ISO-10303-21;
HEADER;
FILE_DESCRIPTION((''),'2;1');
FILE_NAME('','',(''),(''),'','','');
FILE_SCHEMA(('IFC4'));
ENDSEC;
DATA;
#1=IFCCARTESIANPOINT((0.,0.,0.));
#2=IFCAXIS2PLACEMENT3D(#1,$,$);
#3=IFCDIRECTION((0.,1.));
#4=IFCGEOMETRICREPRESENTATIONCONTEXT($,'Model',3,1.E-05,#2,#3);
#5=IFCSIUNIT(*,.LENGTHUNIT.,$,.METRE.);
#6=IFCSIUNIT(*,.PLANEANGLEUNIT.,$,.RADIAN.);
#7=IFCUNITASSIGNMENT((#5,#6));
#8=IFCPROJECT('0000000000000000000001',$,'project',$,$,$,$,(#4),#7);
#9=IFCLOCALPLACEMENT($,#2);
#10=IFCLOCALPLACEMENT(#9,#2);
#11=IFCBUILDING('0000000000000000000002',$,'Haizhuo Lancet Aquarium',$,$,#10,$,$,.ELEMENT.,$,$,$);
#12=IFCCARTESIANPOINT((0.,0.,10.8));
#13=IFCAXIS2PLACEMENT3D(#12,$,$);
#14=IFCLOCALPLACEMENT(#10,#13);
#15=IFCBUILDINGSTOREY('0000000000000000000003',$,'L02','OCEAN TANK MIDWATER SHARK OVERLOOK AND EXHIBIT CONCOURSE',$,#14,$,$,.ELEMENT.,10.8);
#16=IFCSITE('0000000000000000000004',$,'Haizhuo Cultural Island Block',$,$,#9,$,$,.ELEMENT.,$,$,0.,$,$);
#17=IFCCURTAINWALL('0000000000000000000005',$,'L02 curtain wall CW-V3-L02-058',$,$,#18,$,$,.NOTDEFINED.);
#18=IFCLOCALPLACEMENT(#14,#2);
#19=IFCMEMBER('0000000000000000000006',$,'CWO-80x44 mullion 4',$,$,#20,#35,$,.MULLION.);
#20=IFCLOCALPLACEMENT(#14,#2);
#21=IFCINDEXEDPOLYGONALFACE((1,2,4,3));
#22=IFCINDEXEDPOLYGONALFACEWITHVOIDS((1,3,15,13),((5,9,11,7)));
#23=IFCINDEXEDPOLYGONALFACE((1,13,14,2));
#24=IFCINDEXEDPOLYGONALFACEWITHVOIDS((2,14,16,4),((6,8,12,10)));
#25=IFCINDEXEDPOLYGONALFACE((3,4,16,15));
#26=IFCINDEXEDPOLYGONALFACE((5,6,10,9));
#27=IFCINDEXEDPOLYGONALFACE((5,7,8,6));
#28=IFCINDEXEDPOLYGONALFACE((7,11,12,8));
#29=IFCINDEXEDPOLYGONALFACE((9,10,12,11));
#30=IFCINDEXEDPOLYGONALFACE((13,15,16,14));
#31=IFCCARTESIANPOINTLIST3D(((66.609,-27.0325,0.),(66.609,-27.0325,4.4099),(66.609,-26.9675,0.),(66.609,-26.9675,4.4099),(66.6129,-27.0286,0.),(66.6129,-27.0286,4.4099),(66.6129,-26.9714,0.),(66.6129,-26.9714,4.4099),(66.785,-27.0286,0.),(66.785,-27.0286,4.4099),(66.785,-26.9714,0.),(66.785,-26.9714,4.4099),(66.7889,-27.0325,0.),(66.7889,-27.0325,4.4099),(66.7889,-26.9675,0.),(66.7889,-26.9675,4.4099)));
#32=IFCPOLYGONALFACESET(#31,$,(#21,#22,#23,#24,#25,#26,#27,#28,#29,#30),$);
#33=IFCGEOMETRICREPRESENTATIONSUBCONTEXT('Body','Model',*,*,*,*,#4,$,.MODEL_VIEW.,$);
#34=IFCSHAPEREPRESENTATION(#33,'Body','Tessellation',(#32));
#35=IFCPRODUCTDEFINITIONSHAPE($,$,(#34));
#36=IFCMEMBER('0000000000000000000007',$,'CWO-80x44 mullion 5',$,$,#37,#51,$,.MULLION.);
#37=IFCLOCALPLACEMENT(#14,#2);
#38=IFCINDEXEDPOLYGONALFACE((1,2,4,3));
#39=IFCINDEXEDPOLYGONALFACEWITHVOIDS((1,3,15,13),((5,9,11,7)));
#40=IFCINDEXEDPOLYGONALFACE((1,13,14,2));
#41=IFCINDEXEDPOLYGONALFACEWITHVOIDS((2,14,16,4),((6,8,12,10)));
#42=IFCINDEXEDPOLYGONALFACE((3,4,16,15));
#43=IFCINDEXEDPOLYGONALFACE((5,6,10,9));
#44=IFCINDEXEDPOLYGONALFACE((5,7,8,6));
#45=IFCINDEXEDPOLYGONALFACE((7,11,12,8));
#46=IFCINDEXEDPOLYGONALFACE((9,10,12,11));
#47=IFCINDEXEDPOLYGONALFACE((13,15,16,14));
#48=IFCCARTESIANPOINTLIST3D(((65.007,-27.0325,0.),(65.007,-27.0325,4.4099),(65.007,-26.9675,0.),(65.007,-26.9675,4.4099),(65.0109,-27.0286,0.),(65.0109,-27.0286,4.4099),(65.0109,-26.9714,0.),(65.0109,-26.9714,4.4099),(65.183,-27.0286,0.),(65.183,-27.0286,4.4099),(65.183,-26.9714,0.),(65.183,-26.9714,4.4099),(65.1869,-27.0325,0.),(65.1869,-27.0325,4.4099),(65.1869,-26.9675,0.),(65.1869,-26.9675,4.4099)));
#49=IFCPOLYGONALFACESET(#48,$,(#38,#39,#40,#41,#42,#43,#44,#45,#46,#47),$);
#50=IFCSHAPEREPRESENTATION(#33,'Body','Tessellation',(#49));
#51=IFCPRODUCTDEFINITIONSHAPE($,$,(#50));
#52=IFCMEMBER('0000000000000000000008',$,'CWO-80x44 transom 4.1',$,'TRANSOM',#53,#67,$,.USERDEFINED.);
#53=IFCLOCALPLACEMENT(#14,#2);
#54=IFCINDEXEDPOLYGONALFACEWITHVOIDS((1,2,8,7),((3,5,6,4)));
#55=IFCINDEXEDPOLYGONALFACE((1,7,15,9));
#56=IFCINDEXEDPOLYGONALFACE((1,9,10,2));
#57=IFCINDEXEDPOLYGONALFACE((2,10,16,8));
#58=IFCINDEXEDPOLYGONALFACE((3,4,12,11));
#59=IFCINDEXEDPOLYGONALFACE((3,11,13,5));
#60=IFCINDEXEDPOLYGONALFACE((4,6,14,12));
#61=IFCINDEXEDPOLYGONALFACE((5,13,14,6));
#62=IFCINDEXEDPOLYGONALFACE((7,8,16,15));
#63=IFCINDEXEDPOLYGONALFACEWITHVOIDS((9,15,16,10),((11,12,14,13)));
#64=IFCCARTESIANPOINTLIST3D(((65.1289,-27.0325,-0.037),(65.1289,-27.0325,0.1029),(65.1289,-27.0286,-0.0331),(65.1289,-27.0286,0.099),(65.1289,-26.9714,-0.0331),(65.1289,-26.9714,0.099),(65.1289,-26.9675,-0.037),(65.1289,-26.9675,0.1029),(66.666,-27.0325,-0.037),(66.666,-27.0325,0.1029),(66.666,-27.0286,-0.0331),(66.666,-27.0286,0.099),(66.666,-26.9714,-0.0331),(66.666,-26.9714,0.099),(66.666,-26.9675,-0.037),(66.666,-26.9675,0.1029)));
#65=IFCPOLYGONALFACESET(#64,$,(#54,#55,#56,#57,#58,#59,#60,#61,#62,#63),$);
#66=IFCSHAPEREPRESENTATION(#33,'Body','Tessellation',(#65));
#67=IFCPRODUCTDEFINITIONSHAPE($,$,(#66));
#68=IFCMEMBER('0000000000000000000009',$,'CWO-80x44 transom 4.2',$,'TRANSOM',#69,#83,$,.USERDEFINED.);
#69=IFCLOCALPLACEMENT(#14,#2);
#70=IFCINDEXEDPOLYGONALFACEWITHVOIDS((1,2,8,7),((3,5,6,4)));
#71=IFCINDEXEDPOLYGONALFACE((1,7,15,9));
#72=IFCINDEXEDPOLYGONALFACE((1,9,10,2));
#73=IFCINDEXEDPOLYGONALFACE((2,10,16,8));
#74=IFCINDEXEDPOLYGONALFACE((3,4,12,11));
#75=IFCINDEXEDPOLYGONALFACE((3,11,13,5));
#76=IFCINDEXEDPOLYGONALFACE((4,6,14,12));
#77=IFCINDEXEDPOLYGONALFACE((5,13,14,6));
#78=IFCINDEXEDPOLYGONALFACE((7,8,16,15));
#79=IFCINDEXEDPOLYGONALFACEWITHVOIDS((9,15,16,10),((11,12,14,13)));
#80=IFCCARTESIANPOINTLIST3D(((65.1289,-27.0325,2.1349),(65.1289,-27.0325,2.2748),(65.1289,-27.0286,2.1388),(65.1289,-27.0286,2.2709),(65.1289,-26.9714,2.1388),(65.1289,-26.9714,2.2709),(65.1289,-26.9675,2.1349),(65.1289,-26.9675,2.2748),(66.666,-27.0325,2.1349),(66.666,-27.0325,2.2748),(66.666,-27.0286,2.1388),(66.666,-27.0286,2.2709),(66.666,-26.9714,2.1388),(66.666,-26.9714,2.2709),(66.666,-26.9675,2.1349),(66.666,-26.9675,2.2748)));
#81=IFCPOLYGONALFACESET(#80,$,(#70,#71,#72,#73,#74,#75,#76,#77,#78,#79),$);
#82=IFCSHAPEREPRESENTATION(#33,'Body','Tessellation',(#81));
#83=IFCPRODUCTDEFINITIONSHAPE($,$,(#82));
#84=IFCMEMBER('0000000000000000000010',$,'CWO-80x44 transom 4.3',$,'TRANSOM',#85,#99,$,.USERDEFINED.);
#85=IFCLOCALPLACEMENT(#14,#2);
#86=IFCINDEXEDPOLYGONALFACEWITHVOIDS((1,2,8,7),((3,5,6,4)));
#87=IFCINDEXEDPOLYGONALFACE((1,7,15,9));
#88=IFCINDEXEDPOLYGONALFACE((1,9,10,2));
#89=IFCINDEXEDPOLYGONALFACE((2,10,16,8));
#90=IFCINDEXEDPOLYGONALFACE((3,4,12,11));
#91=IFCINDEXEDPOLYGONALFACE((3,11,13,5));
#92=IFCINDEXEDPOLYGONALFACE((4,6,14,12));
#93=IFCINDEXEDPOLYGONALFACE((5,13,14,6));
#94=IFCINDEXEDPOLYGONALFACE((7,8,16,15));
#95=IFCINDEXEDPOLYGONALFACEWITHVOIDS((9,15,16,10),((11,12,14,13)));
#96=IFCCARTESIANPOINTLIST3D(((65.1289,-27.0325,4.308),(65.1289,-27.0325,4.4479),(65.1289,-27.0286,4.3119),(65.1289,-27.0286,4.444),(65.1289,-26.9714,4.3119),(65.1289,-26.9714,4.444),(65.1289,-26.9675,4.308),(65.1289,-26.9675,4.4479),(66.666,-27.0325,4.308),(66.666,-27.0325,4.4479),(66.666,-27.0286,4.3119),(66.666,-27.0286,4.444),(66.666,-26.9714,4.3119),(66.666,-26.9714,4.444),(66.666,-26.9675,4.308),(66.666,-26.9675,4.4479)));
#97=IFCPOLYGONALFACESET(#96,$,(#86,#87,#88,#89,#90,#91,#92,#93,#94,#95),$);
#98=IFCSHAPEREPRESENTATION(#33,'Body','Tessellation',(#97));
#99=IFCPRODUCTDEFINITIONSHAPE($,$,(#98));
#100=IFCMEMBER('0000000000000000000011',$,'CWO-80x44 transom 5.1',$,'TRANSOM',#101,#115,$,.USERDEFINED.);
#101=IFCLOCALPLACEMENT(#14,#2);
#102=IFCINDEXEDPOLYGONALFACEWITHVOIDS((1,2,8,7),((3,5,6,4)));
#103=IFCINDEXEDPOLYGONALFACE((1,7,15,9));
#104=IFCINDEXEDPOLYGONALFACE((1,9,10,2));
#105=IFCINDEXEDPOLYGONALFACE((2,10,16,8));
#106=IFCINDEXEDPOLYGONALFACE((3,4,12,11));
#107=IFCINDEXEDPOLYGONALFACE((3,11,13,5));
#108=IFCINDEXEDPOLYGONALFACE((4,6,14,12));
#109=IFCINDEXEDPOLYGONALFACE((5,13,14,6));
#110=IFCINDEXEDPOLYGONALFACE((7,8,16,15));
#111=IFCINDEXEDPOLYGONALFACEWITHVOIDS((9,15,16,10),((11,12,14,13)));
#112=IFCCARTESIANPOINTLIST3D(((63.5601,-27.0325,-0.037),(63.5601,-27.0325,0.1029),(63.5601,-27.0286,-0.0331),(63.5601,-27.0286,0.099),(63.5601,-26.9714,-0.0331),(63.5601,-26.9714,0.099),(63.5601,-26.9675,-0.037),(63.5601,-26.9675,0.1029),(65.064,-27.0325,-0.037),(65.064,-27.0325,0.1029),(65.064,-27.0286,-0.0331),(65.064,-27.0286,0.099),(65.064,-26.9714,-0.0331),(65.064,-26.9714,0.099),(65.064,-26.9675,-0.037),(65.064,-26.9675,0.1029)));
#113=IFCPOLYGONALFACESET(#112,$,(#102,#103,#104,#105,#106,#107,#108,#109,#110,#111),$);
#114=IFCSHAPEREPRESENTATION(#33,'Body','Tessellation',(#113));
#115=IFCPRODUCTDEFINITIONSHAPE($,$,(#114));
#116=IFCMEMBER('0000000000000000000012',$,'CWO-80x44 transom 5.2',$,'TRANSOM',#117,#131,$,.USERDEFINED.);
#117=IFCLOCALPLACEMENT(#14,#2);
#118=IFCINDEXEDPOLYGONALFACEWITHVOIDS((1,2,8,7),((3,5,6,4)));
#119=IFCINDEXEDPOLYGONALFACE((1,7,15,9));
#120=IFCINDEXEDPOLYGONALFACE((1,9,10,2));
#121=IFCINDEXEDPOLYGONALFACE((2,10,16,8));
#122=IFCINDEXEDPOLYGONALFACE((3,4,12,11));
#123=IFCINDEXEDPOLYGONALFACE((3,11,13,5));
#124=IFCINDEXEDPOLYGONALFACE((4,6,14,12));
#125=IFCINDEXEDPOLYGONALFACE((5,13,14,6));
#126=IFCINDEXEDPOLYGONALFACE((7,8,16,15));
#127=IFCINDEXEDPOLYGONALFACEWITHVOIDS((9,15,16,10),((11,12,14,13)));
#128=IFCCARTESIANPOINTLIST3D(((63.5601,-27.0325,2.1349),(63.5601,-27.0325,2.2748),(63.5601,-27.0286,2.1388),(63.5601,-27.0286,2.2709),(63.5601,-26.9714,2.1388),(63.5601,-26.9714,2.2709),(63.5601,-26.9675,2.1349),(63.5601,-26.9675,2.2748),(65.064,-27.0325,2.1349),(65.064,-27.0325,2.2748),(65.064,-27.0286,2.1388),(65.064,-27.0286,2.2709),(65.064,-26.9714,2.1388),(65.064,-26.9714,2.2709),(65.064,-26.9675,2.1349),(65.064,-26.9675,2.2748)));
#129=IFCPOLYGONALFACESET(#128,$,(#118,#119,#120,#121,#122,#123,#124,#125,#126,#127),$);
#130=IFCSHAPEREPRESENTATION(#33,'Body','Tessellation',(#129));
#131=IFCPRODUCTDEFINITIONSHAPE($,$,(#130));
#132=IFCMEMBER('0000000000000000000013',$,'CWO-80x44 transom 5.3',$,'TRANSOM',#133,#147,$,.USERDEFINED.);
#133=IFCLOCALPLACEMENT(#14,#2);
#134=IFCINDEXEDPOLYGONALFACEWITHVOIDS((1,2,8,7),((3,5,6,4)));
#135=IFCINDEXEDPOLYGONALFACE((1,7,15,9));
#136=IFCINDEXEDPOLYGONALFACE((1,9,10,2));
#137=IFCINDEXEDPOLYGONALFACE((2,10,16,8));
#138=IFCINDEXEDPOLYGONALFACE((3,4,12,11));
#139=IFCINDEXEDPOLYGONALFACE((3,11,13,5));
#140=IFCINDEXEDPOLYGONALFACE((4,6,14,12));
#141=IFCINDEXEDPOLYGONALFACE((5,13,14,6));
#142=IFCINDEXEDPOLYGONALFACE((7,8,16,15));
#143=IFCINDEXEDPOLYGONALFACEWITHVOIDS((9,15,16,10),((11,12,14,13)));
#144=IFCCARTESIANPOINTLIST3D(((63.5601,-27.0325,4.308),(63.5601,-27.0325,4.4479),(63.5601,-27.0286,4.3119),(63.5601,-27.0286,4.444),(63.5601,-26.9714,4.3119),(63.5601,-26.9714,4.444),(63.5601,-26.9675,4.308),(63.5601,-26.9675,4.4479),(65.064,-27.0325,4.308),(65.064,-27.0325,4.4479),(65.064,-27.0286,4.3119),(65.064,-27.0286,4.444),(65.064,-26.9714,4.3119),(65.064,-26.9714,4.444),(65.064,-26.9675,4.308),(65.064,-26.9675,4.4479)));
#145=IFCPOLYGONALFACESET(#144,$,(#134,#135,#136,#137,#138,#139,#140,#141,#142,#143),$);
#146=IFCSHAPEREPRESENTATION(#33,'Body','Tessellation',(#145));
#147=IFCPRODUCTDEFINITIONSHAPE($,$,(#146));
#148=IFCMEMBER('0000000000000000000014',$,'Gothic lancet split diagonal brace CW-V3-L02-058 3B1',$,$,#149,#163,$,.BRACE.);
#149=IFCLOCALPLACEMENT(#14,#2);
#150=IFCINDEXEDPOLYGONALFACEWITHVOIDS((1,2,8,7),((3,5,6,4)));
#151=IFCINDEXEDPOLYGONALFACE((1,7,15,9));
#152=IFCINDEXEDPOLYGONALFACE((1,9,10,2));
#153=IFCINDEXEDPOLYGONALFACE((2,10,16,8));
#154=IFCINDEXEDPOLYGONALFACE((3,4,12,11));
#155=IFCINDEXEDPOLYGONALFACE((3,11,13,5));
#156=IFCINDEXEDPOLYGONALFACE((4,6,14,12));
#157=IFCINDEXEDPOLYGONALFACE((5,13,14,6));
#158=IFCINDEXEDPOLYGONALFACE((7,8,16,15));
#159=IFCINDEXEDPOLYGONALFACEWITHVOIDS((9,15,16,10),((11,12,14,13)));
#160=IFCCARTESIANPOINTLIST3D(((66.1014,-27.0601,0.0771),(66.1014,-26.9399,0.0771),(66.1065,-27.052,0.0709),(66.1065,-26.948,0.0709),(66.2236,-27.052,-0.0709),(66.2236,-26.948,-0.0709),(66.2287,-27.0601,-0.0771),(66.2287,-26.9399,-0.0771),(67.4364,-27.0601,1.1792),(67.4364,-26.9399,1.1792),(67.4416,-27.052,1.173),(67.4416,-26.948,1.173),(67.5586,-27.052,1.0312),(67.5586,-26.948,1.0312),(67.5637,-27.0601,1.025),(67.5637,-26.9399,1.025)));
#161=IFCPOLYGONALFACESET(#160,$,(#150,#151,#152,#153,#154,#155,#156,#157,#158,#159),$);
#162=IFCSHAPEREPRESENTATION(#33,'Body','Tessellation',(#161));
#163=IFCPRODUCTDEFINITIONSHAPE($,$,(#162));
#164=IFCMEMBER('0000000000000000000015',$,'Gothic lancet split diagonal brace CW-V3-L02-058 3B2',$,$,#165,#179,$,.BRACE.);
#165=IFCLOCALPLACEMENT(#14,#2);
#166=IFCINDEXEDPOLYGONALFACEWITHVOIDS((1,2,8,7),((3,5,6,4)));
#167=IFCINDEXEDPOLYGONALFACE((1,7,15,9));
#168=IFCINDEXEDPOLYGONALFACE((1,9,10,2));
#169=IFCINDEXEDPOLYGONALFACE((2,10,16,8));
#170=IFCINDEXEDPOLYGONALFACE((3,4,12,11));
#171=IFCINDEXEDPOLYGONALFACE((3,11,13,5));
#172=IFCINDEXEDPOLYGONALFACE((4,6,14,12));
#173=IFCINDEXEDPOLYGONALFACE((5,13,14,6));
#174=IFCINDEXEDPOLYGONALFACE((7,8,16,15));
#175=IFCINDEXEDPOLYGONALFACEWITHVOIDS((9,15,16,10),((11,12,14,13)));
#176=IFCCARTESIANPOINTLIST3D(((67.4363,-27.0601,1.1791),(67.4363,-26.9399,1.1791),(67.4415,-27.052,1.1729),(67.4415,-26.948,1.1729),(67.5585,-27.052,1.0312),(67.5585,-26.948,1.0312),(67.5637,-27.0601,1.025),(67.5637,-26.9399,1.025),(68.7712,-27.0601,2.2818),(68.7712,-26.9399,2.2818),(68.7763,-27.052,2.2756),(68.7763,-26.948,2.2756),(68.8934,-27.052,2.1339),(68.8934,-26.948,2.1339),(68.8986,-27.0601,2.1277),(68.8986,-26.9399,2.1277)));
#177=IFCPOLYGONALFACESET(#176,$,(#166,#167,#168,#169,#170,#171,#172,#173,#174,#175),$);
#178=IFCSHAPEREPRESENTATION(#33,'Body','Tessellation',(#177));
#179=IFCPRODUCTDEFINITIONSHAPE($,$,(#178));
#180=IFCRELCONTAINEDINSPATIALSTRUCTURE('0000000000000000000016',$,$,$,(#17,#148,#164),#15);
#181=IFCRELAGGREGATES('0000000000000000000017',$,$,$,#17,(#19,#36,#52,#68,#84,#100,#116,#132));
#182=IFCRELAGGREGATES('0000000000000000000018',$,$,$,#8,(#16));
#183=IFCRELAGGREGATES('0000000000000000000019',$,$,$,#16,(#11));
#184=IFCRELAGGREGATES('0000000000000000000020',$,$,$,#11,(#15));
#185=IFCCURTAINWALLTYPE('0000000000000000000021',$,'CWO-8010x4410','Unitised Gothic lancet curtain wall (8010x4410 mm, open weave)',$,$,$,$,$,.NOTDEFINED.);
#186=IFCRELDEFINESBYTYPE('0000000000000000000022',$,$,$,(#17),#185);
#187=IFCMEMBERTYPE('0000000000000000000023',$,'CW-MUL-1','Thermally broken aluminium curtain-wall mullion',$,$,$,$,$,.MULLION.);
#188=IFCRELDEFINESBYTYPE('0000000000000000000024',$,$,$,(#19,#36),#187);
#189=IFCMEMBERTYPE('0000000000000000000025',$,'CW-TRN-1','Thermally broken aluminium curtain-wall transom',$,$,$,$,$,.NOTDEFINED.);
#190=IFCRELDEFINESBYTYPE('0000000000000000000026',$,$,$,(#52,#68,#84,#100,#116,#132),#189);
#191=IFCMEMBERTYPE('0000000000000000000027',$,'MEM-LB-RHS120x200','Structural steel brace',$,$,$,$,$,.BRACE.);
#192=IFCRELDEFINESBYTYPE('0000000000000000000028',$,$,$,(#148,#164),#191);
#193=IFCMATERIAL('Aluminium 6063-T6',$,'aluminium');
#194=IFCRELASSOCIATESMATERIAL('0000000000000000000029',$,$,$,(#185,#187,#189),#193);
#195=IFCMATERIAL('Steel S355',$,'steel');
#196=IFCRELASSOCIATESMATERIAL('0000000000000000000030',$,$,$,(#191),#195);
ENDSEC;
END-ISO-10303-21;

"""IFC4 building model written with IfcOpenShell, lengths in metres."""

from ifc_helpers import new_model, si_unit, direction, frame, origin, origin_2d, place, context, subcontext, project, spatial, hollow_rectangle, extrude, material, material_profile, profile_set, type_object, element, aggregate, save


model = new_model("IFC4")

# Units and contexts
model_context = context("Model", 3, precision=1e-05, world=origin(), true_north=direction((0.0, 1.0)))
body_context = subcontext(model_context, "Body", "Model", "MODEL_VIEW")
ifc_project = project(units=[si_unit("LENGTHUNIT", "METRE"), si_unit("PLANEANGLEUNIT", "RADIAN")], contexts=[model_context])

# Site, building, storey
site_placement = place(None, origin())
site = spatial("IfcSite", under=ifc_project, at=site_placement, Name="Haizhuo Cultural Island Block", CompositionType="ELEMENT", RefElevation=0.0)
building_placement = place(site_placement, origin())
building = spatial("IfcBuilding", under=site, at=building_placement, Name="Haizhuo Lancet Aquarium", CompositionType="ELEMENT")
storey_placement = place(building_placement, frame((0.0, 0.0, 10.8)))
storey = spatial("IfcBuildingStorey", under=building, at=storey_placement, Name="L02", Description="OCEAN TANK MIDWATER SHARK OVERLOOK AND EXHIBIT CONCOURSE", CompositionType="ELEMENT", Elevation=10.8)

# Curtain wall, members
ifc_material_1 = material(Name="Aluminium 6063-T6", Category="aluminium")
curtain_wall_type = type_object("IfcCurtainWallType", Name="CWO-8010x4410", Description="Unitised Gothic lancet curtain wall (8010x4410 mm, open weave)", PredefinedType="NOTDEFINED", material=ifc_material_1)
curtain_wall_placement = place(storey_placement, origin())
curtain_wall = element("IfcCurtainWall", 1, at=curtain_wall_placement, inside=storey, type_object=curtain_wall_type, Name="L02 curtain wall CW-V3-L02-058", PredefinedType="NOTDEFINED")
ifc_material_profile_1 = material_profile(ifc_material_1, hollow_rectangle(XDim=0.0649, YDim=0.1799, WallThickness=0.0039, at=origin_2d()), Name="ALU-M 65x180x4")
ifc_profile_set_1 = profile_set([ifc_material_profile_1], Name="Aluminium 6063-T6")
member_type_1 = type_object("IfcMemberType", Name="CW-MUL-1", Description="Thermally broken aluminium curtain-wall mullion", PredefinedType="MULLION", material=ifc_profile_set_1)
member_1_placement = place(storey_placement, frame((66.699, -27.0, 0.0), z_axis=(0.0, 0.0, 1.0), x_axis=(0.0, -1.0, 0.0)))
member_1 = element("IfcMember", 2, at=member_1_placement, type_object=member_type_1, Name="CWO-80x44 mullion 4", PredefinedType="MULLION", context=body_context, shape_type="SweptSolid", body=[
    extrude(hollow_rectangle(XDim=0.0649, YDim=0.1799, WallThickness=0.0039, at=origin_2d()), origin(), (0.0, 0.0, 1.0), 4.4099),
])
member_2_placement = place(storey_placement, frame((65.0969, -27.0, 0.0), z_axis=(0.0, 0.0, 1.0), x_axis=(0.0, -1.0, 0.0)))
member_2 = element("IfcMember", 3, at=member_2_placement, type_object=member_type_1, Name="CWO-80x44 mullion 5", PredefinedType="MULLION", context=body_context, shape_type="SweptSolid", body=[
    extrude(hollow_rectangle(XDim=0.0649, YDim=0.1799, WallThickness=0.0039, at=origin_2d()), origin(), (0.0, 0.0, 1.0), 4.4099),
])
ifc_material_profile_2 = material_profile(ifc_material_1, hollow_rectangle(XDim=0.0649, YDim=0.1399, WallThickness=0.0039, at=origin_2d()), Name="ALU-T 65x140x4")
ifc_profile_set_2 = profile_set([ifc_material_profile_2], Name="Aluminium 6063-T6")
member_type_2 = type_object("IfcMemberType", Name="CW-TRN-1", Description="Thermally broken aluminium curtain-wall transom", PredefinedType="NOTDEFINED", material=ifc_profile_set_2)
member_3_placement = place(storey_placement, frame((66.666, -27.0, 0.033), z_axis=(-1.0, 0.0, 0.0), x_axis=(0.0, -1.0, 0.0)))
member_3 = element("IfcMember", 4, at=member_3_placement, type_object=member_type_2, Name="CWO-80x44 transom 4.1", ObjectType="TRANSOM", PredefinedType="USERDEFINED", context=body_context, shape_type="SweptSolid", body=[
    extrude(hollow_rectangle(XDim=0.0649, YDim=0.1399, WallThickness=0.0039, at=origin_2d()), origin(), (0.0, 0.0, 1.0), 1.5371),
])
member_4_placement = place(storey_placement, frame((66.666, -27.0, 2.2048), z_axis=(-1.0, 0.0, 0.0), x_axis=(0.0, -1.0, 0.0)))
member_4 = element("IfcMember", 5, at=member_4_placement, type_object=member_type_2, Name="CWO-80x44 transom 4.2", ObjectType="TRANSOM", PredefinedType="USERDEFINED", context=body_context, shape_type="SweptSolid", body=[
    extrude(hollow_rectangle(XDim=0.0649, YDim=0.1399, WallThickness=0.0039, at=origin_2d()), origin(), (0.0, 0.0, 1.0), 1.5371),
])
member_5_placement = place(storey_placement, frame((66.666, -27.0, 4.3779), z_axis=(-1.0, 0.0, 0.0), x_axis=(0.0, -1.0, 0.0)))
member_5 = element("IfcMember", 6, at=member_5_placement, type_object=member_type_2, Name="CWO-80x44 transom 4.3", ObjectType="TRANSOM", PredefinedType="USERDEFINED", context=body_context, shape_type="SweptSolid", body=[
    extrude(hollow_rectangle(XDim=0.0649, YDim=0.1399, WallThickness=0.0039, at=origin_2d()), origin(), (0.0, 0.0, 1.0), 1.5371),
])
member_6_placement = place(storey_placement, frame((65.064, -27.0, 0.033), z_axis=(-1.0, 0.0, 0.0), x_axis=(0.0, -1.0, 0.0)))
member_6 = element("IfcMember", 7, at=member_6_placement, type_object=member_type_2, Name="CWO-80x44 transom 5.1", ObjectType="TRANSOM", PredefinedType="USERDEFINED", context=body_context, shape_type="SweptSolid", body=[
    extrude(hollow_rectangle(XDim=0.0649, YDim=0.1399, WallThickness=0.0039, at=origin_2d()), origin(), (0.0, 0.0, 1.0), 1.5039),
])
member_7_placement = place(storey_placement, frame((65.064, -27.0, 2.2048), z_axis=(-1.0, 0.0, 0.0), x_axis=(0.0, -1.0, 0.0)))
member_7 = element("IfcMember", 8, at=member_7_placement, type_object=member_type_2, Name="CWO-80x44 transom 5.2", ObjectType="TRANSOM", PredefinedType="USERDEFINED", context=body_context, shape_type="SweptSolid", body=[
    extrude(hollow_rectangle(XDim=0.0649, YDim=0.1399, WallThickness=0.0039, at=origin_2d()), origin(), (0.0, 0.0, 1.0), 1.5039),
])
member_8_placement = place(storey_placement, frame((65.064, -27.0, 4.3779), z_axis=(-1.0, 0.0, 0.0), x_axis=(0.0, -1.0, 0.0)))
member_8 = element("IfcMember", 9, at=member_8_placement, type_object=member_type_2, Name="CWO-80x44 transom 5.3", ObjectType="TRANSOM", PredefinedType="USERDEFINED", context=body_context, shape_type="SweptSolid", body=[
    extrude(hollow_rectangle(XDim=0.0649, YDim=0.1399, WallThickness=0.0039, at=origin_2d()), origin(), (0.0, 0.0, 1.0), 1.5039),
])

# Members
ifc_material_2 = material(Name="Steel S355", Category="steel")
ifc_material_profile_3 = material_profile(ifc_material_2, hollow_rectangle(XDim=0.1201, YDim=0.2, WallThickness=0.0081, at=origin_2d()), Name="RHS 120x200x8")
ifc_profile_set_3 = profile_set([ifc_material_profile_3], Name="Steel S355")
member_type_3 = type_object("IfcMemberType", Name="MEM-LB-RHS120x200", Description="Structural steel brace", PredefinedType="BRACE", material=ifc_profile_set_3)
member_9_placement = place(storey_placement, frame((66.165, -27.0, 0.0), z_axis=(0.771172, 0.0, 0.636626), x_axis=(0.0, 1.0, 0.0)))
element("IfcMember", 10, at=member_9_placement, inside=storey, type_object=member_type_3, Name="Gothic lancet split diagonal brace CW-V3-L02-058 3B1", PredefinedType="BRACE", context=body_context, shape_type="SweptSolid", body=[
    extrude(hollow_rectangle(XDim=0.1201, YDim=0.2, WallThickness=0.0081, at=origin_2d()), origin(), (0.0, 0.0, 1.0), 1.7312),
])
member_10_placement = place(storey_placement, frame((67.5, -27.0, 1.1021), z_axis=(0.770965, 0.0, 0.636878), x_axis=(0.0, 1.0, 0.0)))
element("IfcMember", 11, at=member_10_placement, inside=storey, type_object=member_type_3, Name="Gothic lancet split diagonal brace CW-V3-L02-058 3B2", PredefinedType="BRACE", context=body_context, shape_type="SweptSolid", body=[
    extrude(hollow_rectangle(XDim=0.1201, YDim=0.2, WallThickness=0.0081, at=origin_2d()), origin(), (0.0, 0.0, 1.0), 1.7314),
])

aggregate(curtain_wall, [member_1, member_2, member_3, member_4, member_5, member_6, member_7, member_8])

save(model, "model.ifc")
